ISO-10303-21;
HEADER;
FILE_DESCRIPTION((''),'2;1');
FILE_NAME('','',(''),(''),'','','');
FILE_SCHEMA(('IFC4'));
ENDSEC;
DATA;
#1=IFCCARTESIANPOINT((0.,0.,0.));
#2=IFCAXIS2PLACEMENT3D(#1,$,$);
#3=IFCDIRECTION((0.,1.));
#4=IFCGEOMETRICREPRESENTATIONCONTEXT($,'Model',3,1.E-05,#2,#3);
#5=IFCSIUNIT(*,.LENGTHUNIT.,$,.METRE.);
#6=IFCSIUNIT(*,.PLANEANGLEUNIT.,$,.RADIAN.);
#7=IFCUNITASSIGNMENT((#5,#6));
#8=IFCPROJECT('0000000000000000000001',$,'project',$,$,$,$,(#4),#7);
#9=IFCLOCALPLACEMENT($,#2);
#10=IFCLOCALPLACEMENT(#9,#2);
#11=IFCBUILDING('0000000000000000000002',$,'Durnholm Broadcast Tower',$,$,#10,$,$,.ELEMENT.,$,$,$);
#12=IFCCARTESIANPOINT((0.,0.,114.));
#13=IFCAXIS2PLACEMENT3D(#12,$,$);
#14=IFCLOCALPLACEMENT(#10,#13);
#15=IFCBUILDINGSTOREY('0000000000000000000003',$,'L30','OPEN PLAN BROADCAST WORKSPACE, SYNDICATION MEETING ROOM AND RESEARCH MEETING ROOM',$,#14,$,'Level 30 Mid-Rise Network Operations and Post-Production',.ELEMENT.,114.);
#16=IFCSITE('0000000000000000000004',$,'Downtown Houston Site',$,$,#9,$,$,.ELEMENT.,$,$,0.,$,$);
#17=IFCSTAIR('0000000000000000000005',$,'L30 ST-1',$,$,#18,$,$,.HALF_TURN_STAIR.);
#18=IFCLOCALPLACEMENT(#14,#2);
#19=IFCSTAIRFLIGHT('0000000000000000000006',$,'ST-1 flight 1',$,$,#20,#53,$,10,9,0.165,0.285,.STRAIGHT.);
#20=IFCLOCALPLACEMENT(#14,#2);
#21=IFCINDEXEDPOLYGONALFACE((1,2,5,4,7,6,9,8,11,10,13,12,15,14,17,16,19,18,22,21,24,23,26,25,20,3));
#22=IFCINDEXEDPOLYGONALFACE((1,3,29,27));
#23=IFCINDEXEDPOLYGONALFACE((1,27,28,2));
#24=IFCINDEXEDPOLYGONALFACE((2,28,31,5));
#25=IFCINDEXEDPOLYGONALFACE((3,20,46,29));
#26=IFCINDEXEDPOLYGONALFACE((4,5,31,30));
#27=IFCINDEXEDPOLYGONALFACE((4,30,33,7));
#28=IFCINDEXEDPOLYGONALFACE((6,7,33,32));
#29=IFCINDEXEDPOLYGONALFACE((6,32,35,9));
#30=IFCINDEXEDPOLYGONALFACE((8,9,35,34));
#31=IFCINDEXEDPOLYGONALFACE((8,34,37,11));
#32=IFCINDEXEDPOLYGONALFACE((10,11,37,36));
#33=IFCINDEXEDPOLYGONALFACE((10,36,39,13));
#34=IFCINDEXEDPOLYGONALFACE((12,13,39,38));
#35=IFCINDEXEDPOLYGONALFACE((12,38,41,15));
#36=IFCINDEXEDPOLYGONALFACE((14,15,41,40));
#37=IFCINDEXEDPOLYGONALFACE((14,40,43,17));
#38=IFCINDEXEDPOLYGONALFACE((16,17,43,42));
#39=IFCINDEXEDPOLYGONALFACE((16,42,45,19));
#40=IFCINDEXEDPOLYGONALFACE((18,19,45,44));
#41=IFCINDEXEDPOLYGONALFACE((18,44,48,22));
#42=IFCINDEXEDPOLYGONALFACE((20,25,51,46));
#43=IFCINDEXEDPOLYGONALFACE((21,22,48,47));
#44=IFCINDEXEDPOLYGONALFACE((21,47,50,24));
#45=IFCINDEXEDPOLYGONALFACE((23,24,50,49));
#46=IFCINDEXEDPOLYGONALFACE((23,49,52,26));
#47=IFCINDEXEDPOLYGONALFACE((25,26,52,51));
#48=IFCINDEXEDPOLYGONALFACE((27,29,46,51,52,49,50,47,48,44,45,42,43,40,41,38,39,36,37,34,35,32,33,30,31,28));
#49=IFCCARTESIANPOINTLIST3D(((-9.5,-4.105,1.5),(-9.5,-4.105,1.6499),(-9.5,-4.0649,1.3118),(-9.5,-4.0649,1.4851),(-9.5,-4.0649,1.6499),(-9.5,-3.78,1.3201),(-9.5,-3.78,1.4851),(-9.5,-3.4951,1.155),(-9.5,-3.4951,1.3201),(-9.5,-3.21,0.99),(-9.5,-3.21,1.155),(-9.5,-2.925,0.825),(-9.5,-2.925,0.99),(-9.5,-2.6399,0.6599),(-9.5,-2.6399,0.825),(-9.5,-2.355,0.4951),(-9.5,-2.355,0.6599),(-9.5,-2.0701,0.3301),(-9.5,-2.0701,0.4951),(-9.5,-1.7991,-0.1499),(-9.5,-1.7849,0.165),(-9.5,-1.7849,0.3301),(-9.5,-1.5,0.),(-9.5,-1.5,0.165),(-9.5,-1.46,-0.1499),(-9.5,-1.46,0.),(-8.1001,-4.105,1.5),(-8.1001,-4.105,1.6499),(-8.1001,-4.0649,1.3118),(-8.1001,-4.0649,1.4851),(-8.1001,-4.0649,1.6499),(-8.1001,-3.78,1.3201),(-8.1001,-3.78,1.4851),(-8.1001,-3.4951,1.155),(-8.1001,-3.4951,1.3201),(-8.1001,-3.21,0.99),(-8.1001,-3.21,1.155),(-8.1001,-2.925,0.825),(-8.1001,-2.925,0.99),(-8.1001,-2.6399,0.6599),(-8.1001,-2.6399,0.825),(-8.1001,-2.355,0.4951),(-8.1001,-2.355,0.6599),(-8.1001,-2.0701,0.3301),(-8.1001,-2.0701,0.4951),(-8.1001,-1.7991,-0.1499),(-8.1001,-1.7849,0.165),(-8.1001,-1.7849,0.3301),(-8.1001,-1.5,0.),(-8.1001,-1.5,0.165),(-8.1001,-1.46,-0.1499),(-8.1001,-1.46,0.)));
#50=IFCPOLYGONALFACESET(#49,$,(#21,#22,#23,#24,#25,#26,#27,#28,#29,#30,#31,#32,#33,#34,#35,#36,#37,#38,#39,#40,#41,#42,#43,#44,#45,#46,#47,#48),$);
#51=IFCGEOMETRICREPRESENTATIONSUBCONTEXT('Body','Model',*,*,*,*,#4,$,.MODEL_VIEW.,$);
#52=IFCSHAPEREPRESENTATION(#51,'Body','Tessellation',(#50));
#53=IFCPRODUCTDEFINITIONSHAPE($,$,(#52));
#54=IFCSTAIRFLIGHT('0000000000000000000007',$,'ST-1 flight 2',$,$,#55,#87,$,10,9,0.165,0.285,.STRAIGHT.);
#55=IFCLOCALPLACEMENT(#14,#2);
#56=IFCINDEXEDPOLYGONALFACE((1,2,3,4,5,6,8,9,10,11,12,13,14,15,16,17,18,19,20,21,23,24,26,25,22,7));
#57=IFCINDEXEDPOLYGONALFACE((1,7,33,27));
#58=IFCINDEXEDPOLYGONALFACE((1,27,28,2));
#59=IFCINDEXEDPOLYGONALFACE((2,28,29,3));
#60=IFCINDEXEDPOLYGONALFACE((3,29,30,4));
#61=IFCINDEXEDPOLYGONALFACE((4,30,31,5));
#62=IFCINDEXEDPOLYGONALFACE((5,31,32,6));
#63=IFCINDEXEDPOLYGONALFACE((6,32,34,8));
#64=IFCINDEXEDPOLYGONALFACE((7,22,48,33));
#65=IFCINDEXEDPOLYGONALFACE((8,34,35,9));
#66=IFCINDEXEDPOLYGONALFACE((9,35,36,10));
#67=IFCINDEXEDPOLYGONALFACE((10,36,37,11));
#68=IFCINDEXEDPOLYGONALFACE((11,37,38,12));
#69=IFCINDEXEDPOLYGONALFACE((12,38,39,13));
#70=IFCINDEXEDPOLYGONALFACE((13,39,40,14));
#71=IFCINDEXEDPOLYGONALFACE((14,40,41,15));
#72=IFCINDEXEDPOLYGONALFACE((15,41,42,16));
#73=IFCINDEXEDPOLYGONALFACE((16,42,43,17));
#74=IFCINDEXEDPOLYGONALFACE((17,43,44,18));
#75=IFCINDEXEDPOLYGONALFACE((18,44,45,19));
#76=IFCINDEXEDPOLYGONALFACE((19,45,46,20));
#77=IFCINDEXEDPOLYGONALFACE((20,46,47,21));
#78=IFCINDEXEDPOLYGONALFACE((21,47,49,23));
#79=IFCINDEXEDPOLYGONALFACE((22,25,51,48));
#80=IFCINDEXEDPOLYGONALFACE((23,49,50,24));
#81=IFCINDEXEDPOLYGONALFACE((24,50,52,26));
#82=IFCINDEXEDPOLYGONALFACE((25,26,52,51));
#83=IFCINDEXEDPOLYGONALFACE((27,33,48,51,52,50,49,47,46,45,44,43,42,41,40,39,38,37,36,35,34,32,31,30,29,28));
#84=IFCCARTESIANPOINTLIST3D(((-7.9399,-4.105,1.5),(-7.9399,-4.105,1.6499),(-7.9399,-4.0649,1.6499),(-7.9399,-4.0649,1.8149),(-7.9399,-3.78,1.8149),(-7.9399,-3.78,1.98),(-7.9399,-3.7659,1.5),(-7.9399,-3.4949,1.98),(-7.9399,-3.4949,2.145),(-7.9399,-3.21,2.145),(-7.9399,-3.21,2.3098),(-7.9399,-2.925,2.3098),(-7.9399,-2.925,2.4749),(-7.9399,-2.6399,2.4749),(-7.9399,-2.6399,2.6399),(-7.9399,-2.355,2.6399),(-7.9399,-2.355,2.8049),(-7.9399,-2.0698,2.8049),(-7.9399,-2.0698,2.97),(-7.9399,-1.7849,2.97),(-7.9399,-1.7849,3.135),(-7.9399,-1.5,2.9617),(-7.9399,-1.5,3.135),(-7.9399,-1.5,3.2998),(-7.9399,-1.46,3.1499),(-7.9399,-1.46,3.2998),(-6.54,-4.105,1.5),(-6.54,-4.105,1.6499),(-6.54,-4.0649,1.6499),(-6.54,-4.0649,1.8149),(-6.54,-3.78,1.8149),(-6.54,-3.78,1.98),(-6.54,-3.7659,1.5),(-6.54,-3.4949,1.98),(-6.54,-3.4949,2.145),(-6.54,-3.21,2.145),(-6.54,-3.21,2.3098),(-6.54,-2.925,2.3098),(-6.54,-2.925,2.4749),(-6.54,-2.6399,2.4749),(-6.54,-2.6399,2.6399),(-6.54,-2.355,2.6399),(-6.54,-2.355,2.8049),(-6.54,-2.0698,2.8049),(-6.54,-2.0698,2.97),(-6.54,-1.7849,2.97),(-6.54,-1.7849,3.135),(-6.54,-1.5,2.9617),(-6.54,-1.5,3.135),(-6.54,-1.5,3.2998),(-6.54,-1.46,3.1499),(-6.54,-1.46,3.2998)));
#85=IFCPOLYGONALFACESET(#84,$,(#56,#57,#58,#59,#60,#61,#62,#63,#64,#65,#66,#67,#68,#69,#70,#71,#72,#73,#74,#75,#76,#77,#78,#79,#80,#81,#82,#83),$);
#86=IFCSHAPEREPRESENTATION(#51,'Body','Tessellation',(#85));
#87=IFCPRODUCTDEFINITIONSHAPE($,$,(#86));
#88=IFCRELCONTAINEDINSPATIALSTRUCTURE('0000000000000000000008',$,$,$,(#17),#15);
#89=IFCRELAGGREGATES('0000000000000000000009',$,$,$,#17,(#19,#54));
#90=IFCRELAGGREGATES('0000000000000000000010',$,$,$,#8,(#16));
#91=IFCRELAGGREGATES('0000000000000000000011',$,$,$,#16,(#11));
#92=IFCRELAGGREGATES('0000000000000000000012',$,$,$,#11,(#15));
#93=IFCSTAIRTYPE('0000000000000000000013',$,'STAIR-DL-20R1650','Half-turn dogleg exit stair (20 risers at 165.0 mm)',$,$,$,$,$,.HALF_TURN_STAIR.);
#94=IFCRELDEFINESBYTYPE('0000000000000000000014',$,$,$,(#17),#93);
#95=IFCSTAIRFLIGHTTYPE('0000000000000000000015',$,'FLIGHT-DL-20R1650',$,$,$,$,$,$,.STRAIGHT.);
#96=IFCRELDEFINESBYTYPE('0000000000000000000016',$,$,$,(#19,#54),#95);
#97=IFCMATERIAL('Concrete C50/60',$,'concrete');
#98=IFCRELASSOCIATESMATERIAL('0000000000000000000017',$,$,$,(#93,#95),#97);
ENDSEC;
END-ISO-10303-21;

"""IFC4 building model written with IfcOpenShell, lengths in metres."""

from ifc_helpers import new_model, si_unit, direction, frame, origin, place, context, subcontext, project, spatial, polyline, outline, extrude, material, type_object, element, aggregate, save


model = new_model("IFC4")

# Units and contexts
model_context = context("Model", 3, precision=1e-05, world=origin(), true_north=direction((0.0, 1.0)))
body_context = subcontext(model_context, "Body", "Model", "MODEL_VIEW")
ifc_project = project(units=[si_unit("LENGTHUNIT", "METRE"), si_unit("PLANEANGLEUNIT", "RADIAN")], contexts=[model_context])

# Site, building, storey
site_placement = place(None, origin())
site = spatial("IfcSite", under=ifc_project, at=site_placement, Name="Downtown Houston Site", CompositionType="ELEMENT", RefElevation=0.0)
building_placement = place(site_placement, origin())
building = spatial("IfcBuilding", under=site, at=building_placement, Name="Durnholm Broadcast Tower", CompositionType="ELEMENT")
storey_placement = place(building_placement, frame((0.0, 0.0, 114.0)))
storey = spatial("IfcBuildingStorey", under=building, at=storey_placement, Name="L30", Description="OPEN PLAN BROADCAST WORKSPACE, SYNDICATION MEETING ROOM AND RESEARCH MEETING ROOM", LongName="Level 30 Mid-Rise Network Operations and Post-Production", CompositionType="ELEMENT", Elevation=114.0)

# Shared definitions
ifc_material_1 = material(Name="Concrete C50/60", Category="concrete")

# Stair
stair_type = type_object("IfcStairType", Name="STAIR-DL-20R1650", Description="Half-turn dogleg exit stair (20 risers at 165.0 mm)", PredefinedType="HALF_TURN_STAIR", material=ifc_material_1)
stair_1_placement = place(storey_placement, origin())
stair_1 = element("IfcStair", 1, at=stair_1_placement, inside=storey, type_object=stair_type, Name="L30 ST-1", PredefinedType="HALF_TURN_STAIR")

# Stair flights
stair_flight_type = type_object("IfcStairFlightType", Name="FLIGHT-DL-20R1650", PredefinedType="STRAIGHT", material=ifc_material_1)
stair_flight_1_placement = place(storey_placement, frame((-8.8, -1.5, 0.0), z_axis=(0.0, 0.0, 1.0), x_axis=(0.0, -1.0, 0.0)))
stair_flight_1 = element("IfcStairFlight", 2, at=stair_flight_1_placement, type_object=stair_flight_type, Name="ST-1 flight 1", NumberOfRisers=10, NumberOfTreads=9, PredefinedType="STRAIGHT", RiserHeight=0.165, TreadLength=0.285, context=body_context, shape_type="SweptSolid", body=[
    extrude(outline(polyline([(-0.04, -0.1499), (-0.04, 0.0), (0.0, 0.0), (0.0, 0.165), (0.2849, 0.165), (0.2849, 0.3301), (0.5701, 0.3301), (0.5701, 0.4951), (0.855, 0.4951), (0.855, 0.6599), (1.1399, 0.6599), (1.1399, 0.825), (1.425, 0.825), (1.425, 0.99), (1.71, 0.99), (1.71, 1.155), (1.9951, 1.155), (1.9951, 1.3201), (2.28, 1.3201), (2.28, 1.4851), (2.5649, 1.4851), (2.5649, 1.6499), (2.605, 1.6499), (2.605, 1.5), (2.5649, 1.3118), (0.2991, -0.1499), (-0.04, -0.1499)])), frame((0.0, 0.7, 0.0), z_axis=(0.0, -1.0, 0.0), x_axis=(1.0, 0.0, 0.0)), (0.0, 0.0, 1.0), 1.3999),
])
stair_flight_2_placement = place(storey_placement, frame((-7.24, -4.0649, 1.6499), z_axis=(0.0, 0.0, 1.0), x_axis=(0.0, 1.0, 0.0)))
stair_flight_2 = element("IfcStairFlight", 3, at=stair_flight_2_placement, type_object=stair_flight_type, Name="ST-1 flight 2", NumberOfRisers=10, NumberOfTreads=9, PredefinedType="STRAIGHT", RiserHeight=0.165, TreadLength=0.285, context=body_context, shape_type="SweptSolid", body=[
    extrude(outline(polyline([(-0.04, -0.1499), (-0.04, 0.0), (0.0, 0.0), (0.0, 0.165), (0.2849, 0.165), (0.2849, 0.3301), (0.5701, 0.3301), (0.5701, 0.4951), (0.855, 0.4951), (0.855, 0.6599), (1.1399, 0.6599), (1.1399, 0.825), (1.425, 0.825), (1.425, 0.99), (1.71, 0.99), (1.71, 1.155), (1.9951, 1.155), (1.9951, 1.3201), (2.28, 1.3201), (2.28, 1.4851), (2.5649, 1.4851), (2.5649, 1.6499), (2.605, 1.6499), (2.605, 1.5), (2.5649, 1.3118), (0.2991, -0.1499), (-0.04, -0.1499)])), frame((0.0, 0.7, 0.0), z_axis=(0.0, -1.0, 0.0), x_axis=(1.0, 0.0, 0.0)), (0.0, 0.0, 1.0), 1.3999),
])
aggregate(stair_1, [stair_flight_1, stair_flight_2])

save(model, "model.ifc")
